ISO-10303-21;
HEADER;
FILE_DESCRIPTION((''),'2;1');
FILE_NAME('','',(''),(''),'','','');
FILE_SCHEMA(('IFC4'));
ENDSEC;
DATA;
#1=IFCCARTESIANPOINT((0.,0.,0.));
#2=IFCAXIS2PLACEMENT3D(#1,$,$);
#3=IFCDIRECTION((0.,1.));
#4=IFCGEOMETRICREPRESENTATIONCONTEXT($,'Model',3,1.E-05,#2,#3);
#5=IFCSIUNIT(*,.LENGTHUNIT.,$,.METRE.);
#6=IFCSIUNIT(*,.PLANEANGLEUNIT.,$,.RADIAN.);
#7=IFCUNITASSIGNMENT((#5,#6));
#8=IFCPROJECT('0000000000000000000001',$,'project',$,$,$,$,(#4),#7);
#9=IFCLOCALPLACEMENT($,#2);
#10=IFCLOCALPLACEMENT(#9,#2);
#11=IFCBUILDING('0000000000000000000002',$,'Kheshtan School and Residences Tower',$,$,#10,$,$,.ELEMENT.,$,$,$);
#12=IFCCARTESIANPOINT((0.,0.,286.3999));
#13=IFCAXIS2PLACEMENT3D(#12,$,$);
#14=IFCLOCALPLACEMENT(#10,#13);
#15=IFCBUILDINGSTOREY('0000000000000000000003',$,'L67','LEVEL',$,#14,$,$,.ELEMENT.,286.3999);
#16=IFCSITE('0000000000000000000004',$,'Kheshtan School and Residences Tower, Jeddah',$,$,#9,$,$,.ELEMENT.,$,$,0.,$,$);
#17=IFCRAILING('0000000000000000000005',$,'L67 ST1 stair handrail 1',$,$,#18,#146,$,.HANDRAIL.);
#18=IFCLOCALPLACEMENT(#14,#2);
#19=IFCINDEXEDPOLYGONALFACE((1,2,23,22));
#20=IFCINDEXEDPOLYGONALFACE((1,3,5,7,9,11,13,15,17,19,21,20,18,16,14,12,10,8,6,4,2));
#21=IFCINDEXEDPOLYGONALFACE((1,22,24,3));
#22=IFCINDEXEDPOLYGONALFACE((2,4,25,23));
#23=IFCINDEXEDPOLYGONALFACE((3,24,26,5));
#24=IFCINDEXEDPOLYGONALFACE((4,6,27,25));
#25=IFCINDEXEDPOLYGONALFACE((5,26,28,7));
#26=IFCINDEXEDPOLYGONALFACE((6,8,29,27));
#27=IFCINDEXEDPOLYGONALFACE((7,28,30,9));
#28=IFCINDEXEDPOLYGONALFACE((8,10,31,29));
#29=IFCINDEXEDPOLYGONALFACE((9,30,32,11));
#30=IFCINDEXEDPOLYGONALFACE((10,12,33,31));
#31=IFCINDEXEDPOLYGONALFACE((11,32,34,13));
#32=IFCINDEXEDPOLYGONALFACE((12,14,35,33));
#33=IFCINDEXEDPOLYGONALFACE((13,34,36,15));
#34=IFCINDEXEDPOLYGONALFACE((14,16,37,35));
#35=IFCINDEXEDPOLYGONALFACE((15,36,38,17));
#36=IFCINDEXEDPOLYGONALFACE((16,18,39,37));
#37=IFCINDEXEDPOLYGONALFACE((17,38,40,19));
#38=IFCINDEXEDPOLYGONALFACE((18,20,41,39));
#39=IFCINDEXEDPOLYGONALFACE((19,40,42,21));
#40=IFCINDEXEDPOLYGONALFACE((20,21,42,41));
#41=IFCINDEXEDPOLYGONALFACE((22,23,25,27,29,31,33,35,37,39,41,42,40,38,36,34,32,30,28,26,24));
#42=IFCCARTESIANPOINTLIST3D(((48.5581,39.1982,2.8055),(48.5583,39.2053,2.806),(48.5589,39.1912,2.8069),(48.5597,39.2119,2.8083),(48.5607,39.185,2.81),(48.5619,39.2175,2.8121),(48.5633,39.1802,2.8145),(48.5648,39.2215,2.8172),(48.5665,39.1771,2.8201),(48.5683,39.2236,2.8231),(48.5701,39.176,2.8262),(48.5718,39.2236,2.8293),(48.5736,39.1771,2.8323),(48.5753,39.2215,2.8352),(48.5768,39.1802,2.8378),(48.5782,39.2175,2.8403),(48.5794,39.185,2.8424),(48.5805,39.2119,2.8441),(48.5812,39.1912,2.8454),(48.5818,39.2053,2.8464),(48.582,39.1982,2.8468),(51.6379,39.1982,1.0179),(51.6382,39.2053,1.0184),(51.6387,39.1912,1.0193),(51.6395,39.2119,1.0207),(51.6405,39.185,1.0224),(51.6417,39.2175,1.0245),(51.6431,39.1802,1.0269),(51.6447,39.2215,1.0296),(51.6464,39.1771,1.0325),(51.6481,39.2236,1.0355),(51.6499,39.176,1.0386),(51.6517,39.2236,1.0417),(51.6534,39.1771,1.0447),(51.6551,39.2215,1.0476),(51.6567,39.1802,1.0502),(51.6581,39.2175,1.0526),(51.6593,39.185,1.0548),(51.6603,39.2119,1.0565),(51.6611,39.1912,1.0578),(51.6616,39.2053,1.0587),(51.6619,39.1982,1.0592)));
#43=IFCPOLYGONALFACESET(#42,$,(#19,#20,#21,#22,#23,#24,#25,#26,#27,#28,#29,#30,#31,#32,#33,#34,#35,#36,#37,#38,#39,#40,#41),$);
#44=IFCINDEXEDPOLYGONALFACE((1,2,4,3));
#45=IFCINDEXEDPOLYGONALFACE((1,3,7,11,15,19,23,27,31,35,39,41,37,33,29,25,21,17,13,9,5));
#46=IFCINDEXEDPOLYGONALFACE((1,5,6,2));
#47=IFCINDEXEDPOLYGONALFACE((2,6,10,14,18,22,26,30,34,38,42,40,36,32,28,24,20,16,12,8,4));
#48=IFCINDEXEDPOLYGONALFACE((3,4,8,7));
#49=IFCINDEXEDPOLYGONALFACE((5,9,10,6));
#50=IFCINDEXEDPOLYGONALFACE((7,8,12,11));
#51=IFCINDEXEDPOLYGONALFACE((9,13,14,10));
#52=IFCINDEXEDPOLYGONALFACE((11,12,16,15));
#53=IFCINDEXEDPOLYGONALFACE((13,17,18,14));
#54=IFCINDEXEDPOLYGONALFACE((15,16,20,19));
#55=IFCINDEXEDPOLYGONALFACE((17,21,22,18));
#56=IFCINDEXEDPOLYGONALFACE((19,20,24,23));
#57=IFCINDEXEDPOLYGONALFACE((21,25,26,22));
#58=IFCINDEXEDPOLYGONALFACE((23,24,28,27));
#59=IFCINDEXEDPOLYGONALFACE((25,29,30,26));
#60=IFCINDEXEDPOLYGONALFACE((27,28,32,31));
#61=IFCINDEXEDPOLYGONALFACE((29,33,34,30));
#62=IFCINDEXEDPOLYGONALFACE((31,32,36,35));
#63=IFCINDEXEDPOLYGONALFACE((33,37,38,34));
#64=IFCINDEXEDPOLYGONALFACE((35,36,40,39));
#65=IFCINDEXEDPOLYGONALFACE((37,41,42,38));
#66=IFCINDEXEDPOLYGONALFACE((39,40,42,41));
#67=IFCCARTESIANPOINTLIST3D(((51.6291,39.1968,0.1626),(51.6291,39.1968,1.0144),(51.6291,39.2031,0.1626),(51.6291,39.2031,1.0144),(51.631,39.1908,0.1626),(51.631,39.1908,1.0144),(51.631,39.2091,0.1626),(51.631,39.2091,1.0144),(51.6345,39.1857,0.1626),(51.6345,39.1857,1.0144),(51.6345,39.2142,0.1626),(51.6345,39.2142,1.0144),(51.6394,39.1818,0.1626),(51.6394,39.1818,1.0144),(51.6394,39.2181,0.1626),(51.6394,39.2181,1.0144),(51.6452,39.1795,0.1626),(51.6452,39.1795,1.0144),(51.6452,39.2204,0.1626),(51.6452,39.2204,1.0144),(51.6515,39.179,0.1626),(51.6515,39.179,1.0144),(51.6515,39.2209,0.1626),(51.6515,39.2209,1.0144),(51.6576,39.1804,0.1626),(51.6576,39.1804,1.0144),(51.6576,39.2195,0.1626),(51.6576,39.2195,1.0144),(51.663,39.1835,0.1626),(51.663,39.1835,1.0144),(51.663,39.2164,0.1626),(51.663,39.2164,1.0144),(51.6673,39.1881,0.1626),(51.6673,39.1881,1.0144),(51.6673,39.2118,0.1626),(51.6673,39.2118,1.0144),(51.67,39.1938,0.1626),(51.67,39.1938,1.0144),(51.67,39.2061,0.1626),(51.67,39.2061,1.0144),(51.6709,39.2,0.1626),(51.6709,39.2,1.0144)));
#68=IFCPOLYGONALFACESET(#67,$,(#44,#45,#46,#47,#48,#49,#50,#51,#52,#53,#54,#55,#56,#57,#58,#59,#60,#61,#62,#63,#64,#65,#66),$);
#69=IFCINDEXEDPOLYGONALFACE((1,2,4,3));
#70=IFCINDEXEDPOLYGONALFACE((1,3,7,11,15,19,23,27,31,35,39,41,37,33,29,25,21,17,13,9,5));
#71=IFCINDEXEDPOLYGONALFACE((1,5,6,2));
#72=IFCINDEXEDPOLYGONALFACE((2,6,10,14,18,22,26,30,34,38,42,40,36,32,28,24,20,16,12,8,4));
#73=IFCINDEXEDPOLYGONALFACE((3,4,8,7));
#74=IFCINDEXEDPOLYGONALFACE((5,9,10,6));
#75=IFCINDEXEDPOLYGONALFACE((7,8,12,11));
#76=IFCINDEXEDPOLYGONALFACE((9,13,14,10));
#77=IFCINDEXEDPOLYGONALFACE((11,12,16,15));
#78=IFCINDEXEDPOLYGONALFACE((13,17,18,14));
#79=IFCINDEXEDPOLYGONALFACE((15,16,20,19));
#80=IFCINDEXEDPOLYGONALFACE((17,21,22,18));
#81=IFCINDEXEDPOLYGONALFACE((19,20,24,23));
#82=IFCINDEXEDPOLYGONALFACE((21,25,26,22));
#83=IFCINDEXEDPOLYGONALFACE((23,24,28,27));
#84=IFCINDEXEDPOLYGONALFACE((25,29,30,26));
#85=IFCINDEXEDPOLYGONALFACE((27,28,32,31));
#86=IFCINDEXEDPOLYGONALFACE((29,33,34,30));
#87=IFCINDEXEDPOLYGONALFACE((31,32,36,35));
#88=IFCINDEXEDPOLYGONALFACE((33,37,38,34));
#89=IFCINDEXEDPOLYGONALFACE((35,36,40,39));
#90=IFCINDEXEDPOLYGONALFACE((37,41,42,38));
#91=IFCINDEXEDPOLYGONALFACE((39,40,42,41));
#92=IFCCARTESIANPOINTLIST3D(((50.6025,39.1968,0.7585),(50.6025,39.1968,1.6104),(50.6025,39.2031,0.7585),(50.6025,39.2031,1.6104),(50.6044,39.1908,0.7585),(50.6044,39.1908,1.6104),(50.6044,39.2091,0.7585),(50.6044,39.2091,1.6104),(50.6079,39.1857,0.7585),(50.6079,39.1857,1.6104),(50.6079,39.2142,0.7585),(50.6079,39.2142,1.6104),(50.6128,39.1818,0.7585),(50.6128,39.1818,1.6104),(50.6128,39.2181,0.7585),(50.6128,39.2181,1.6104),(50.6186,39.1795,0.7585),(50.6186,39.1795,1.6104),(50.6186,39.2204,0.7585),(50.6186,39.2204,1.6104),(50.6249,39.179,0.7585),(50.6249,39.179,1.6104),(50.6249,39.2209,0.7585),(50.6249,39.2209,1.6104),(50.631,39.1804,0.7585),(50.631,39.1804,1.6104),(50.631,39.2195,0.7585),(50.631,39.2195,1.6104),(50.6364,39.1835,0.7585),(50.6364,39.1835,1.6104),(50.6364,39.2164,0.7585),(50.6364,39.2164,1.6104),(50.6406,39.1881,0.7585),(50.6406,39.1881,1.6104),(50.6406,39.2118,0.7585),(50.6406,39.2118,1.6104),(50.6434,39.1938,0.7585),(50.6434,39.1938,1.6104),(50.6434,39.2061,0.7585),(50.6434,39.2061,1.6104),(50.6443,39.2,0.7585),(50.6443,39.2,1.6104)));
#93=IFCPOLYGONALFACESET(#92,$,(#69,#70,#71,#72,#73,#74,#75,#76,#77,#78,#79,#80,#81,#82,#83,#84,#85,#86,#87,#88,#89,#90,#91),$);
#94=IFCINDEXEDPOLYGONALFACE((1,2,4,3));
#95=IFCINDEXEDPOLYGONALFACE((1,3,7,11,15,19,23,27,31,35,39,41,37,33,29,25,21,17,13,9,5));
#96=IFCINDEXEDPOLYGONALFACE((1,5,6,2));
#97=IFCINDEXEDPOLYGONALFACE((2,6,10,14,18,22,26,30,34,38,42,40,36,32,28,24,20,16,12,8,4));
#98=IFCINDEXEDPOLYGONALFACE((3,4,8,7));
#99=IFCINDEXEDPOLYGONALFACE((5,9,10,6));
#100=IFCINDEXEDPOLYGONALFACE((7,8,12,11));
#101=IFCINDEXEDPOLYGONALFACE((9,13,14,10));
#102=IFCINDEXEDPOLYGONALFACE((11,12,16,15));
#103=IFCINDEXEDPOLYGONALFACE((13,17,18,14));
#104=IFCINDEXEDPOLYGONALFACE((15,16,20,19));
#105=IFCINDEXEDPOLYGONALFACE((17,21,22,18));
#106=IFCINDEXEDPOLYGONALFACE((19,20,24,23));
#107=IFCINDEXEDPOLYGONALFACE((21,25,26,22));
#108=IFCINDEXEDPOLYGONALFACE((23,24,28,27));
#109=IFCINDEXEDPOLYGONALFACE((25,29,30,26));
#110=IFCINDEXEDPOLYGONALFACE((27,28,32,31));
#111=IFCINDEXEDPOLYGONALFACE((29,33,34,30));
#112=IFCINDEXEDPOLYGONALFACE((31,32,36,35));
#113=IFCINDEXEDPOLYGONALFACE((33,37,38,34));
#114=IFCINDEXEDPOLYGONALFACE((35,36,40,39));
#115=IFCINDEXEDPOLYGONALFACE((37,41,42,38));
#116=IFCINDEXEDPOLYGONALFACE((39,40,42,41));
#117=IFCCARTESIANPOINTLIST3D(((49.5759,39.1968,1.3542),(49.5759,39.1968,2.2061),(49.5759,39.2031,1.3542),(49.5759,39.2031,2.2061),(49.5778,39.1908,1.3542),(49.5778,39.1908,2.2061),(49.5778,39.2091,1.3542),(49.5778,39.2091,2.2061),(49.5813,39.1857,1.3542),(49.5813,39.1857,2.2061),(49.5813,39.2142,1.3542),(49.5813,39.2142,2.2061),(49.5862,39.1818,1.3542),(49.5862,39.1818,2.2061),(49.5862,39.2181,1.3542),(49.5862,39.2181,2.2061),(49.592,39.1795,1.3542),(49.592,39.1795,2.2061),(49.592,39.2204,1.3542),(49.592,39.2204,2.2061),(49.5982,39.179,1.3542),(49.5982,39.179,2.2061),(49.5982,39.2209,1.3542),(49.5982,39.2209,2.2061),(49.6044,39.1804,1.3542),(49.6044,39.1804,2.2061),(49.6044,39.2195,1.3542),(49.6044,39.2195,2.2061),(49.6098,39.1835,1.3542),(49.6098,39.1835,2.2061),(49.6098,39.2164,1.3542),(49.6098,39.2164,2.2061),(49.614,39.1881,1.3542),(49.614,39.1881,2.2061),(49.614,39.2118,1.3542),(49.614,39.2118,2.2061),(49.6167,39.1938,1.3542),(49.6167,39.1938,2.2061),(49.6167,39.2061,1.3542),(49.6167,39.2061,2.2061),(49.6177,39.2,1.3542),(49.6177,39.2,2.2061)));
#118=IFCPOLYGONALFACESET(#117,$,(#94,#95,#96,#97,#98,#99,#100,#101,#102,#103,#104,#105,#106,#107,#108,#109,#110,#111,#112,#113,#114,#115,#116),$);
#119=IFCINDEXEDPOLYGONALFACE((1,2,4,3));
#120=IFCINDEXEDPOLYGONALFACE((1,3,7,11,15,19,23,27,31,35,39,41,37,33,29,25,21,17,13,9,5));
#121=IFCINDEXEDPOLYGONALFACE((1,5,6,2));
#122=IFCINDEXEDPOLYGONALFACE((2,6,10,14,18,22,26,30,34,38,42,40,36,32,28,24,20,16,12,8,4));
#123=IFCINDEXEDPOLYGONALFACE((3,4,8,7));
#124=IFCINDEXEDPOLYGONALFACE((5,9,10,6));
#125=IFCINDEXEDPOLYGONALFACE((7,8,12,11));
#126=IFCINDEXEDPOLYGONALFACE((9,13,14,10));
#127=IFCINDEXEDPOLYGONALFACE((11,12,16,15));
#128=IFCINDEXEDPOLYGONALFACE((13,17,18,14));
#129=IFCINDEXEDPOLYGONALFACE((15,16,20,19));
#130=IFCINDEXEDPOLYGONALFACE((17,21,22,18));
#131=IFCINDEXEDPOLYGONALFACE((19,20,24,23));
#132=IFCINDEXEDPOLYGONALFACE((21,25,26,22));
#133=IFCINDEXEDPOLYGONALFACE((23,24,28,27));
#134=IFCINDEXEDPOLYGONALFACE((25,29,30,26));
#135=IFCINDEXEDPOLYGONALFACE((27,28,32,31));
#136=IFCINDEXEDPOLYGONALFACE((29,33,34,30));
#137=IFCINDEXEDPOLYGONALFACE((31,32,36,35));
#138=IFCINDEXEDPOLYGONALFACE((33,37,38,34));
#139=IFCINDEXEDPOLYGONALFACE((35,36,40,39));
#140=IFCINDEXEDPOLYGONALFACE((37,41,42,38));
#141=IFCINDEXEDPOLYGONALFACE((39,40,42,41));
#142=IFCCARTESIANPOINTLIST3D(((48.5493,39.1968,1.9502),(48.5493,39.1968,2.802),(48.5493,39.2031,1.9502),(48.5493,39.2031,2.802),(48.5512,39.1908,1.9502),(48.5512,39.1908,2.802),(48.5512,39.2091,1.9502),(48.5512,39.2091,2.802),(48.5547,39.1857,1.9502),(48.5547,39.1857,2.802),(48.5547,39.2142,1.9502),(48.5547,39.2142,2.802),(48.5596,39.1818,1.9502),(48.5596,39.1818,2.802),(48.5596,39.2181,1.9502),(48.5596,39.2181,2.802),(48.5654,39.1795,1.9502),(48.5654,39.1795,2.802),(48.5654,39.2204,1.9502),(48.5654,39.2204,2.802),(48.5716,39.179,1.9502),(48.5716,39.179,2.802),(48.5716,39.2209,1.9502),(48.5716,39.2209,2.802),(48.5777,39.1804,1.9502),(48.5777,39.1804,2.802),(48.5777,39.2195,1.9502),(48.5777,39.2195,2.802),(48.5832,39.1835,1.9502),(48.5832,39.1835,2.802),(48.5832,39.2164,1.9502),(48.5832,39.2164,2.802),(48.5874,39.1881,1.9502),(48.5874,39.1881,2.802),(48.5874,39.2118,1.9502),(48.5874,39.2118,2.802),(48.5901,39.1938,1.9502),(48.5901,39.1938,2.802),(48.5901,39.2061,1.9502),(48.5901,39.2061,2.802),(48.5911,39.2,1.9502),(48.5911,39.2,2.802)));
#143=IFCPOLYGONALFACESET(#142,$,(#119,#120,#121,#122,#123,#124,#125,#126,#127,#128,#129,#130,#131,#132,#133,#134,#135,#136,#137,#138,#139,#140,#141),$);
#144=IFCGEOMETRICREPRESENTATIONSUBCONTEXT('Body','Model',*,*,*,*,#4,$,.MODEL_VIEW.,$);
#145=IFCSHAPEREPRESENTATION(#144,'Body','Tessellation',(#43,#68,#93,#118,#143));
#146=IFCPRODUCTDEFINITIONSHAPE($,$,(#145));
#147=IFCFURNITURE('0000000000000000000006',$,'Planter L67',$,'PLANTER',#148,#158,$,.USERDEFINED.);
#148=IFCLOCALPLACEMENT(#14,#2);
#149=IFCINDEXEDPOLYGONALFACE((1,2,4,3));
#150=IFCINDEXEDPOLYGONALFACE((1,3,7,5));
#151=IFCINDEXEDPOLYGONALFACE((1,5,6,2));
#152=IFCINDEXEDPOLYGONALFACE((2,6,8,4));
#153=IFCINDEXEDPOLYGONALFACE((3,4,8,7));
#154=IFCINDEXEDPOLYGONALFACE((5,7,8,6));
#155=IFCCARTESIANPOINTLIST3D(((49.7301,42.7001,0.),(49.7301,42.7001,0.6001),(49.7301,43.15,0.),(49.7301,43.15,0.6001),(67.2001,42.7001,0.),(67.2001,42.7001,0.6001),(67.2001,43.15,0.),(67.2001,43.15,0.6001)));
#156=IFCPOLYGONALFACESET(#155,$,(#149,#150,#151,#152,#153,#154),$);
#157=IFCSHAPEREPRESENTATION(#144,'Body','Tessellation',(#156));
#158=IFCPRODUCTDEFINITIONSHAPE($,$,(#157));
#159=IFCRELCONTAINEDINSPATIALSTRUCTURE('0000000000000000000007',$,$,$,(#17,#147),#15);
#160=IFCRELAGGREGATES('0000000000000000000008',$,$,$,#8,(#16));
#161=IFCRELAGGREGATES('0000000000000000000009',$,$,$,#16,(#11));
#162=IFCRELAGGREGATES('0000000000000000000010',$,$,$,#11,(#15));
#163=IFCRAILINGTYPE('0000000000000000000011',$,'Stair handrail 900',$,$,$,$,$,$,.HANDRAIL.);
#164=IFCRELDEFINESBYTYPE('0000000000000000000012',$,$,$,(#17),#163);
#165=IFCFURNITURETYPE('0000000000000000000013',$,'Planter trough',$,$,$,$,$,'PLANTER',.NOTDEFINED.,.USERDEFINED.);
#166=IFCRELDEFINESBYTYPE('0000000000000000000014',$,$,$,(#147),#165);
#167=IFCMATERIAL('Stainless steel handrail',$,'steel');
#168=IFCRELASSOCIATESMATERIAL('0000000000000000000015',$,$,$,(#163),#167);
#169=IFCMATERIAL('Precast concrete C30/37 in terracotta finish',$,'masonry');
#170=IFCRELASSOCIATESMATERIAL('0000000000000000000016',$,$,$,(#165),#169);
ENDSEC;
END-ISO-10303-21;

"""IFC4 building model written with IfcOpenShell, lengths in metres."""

from ifc_helpers import new_model, si_unit, direction, frame, origin, origin_2d, place, context, subcontext, project, spatial, rectangle, circle, extrude, material, type_object, element, save


model = new_model("IFC4")

# Units and contexts
model_context = context("Model", 3, precision=1e-05, world=origin(), true_north=direction((0.0, 1.0)))
body_context = subcontext(model_context, "Body", "Model", "MODEL_VIEW")
ifc_project = project(units=[si_unit("LENGTHUNIT", "METRE"), si_unit("PLANEANGLEUNIT", "RADIAN")], contexts=[model_context])

# Site, building, storey
site_placement = place(None, origin())
site = spatial("IfcSite", under=ifc_project, at=site_placement, Name="Kheshtan School and Residences Tower, Jeddah", CompositionType="ELEMENT", RefElevation=0.0)
building_placement = place(site_placement, origin())
building = spatial("IfcBuilding", under=site, at=building_placement, Name="Kheshtan School and Residences Tower", CompositionType="ELEMENT")
storey_placement = place(building_placement, frame((0.0, 0.0, 286.3999)))
storey = spatial("IfcBuildingStorey", under=building, at=storey_placement, Name="L67", Description="LEVEL", CompositionType="ELEMENT", Elevation=286.3999)

# Railing
ifc_material_1 = material(Name="Stainless steel handrail", Category="steel")
railing_type_1 = type_object("IfcRailingType", Name="Stair handrail 900", PredefinedType="HANDRAIL", material=ifc_material_1)
railing_1_placement = place(storey_placement, frame((51.6499, 39.2, 0.1626)))
element("IfcRailing", 1, at=railing_1_placement, inside=storey, type_object=railing_type_1, Name="L67 ST1 stair handrail 1", PredefinedType="HANDRAIL", context=body_context, shape_type="SweptSolid", body=[
    extrude(circle(Radius=0.0239, at=origin_2d()), frame((0.0, 0.0, 0.876), z_axis=(-0.864873, 0.0, 0.50199), x_axis=(0.0, -1.0, 0.0)), (0.0, 0.0, 1.0), 3.561),
    extrude(circle(Radius=0.021, at=origin_2d()), origin(), (0.0, 0.0, 1.0), 0.8518),
    extrude(circle(Radius=0.021, at=origin_2d()), frame((-1.0266, 0.0, 0.5959)), (0.0, 0.0, 1.0), 0.8518),
    extrude(circle(Radius=0.021, at=origin_2d()), frame((-2.0532, 0.0, 1.1917)), (0.0, 0.0, 1.0), 0.8518),
    extrude(circle(Radius=0.021, at=origin_2d()), frame((-3.0798, 0.0, 1.7876)), (0.0, 0.0, 1.0), 0.8518),
])

# Furniture
ifc_material_2 = material(Name="Precast concrete C30/37 in terracotta finish", Category="masonry")
furniture_type = type_object("IfcFurnitureType", Name="Planter trough", ElementType="PLANTER", AssemblyPlace="NOTDEFINED", PredefinedType="USERDEFINED", material=ifc_material_2)
furniture_placement = place(storey_placement, frame((58.4651, 42.925, 0.0), z_axis=(0.0, 0.0, 1.0), x_axis=(1.0, 0.0, 0.0)))
element("IfcFurniture", 2, at=furniture_placement, inside=storey, type_object=furniture_type, Name="Planter L67", ObjectType="PLANTER", PredefinedType="USERDEFINED", context=body_context, shape_type="SweptSolid", body=[
    extrude(rectangle(XDim=17.47, YDim=0.45, at=origin_2d()), origin(), (0.0, 0.0, 1.0), 0.6001),
])

save(model, "model.ifc")
